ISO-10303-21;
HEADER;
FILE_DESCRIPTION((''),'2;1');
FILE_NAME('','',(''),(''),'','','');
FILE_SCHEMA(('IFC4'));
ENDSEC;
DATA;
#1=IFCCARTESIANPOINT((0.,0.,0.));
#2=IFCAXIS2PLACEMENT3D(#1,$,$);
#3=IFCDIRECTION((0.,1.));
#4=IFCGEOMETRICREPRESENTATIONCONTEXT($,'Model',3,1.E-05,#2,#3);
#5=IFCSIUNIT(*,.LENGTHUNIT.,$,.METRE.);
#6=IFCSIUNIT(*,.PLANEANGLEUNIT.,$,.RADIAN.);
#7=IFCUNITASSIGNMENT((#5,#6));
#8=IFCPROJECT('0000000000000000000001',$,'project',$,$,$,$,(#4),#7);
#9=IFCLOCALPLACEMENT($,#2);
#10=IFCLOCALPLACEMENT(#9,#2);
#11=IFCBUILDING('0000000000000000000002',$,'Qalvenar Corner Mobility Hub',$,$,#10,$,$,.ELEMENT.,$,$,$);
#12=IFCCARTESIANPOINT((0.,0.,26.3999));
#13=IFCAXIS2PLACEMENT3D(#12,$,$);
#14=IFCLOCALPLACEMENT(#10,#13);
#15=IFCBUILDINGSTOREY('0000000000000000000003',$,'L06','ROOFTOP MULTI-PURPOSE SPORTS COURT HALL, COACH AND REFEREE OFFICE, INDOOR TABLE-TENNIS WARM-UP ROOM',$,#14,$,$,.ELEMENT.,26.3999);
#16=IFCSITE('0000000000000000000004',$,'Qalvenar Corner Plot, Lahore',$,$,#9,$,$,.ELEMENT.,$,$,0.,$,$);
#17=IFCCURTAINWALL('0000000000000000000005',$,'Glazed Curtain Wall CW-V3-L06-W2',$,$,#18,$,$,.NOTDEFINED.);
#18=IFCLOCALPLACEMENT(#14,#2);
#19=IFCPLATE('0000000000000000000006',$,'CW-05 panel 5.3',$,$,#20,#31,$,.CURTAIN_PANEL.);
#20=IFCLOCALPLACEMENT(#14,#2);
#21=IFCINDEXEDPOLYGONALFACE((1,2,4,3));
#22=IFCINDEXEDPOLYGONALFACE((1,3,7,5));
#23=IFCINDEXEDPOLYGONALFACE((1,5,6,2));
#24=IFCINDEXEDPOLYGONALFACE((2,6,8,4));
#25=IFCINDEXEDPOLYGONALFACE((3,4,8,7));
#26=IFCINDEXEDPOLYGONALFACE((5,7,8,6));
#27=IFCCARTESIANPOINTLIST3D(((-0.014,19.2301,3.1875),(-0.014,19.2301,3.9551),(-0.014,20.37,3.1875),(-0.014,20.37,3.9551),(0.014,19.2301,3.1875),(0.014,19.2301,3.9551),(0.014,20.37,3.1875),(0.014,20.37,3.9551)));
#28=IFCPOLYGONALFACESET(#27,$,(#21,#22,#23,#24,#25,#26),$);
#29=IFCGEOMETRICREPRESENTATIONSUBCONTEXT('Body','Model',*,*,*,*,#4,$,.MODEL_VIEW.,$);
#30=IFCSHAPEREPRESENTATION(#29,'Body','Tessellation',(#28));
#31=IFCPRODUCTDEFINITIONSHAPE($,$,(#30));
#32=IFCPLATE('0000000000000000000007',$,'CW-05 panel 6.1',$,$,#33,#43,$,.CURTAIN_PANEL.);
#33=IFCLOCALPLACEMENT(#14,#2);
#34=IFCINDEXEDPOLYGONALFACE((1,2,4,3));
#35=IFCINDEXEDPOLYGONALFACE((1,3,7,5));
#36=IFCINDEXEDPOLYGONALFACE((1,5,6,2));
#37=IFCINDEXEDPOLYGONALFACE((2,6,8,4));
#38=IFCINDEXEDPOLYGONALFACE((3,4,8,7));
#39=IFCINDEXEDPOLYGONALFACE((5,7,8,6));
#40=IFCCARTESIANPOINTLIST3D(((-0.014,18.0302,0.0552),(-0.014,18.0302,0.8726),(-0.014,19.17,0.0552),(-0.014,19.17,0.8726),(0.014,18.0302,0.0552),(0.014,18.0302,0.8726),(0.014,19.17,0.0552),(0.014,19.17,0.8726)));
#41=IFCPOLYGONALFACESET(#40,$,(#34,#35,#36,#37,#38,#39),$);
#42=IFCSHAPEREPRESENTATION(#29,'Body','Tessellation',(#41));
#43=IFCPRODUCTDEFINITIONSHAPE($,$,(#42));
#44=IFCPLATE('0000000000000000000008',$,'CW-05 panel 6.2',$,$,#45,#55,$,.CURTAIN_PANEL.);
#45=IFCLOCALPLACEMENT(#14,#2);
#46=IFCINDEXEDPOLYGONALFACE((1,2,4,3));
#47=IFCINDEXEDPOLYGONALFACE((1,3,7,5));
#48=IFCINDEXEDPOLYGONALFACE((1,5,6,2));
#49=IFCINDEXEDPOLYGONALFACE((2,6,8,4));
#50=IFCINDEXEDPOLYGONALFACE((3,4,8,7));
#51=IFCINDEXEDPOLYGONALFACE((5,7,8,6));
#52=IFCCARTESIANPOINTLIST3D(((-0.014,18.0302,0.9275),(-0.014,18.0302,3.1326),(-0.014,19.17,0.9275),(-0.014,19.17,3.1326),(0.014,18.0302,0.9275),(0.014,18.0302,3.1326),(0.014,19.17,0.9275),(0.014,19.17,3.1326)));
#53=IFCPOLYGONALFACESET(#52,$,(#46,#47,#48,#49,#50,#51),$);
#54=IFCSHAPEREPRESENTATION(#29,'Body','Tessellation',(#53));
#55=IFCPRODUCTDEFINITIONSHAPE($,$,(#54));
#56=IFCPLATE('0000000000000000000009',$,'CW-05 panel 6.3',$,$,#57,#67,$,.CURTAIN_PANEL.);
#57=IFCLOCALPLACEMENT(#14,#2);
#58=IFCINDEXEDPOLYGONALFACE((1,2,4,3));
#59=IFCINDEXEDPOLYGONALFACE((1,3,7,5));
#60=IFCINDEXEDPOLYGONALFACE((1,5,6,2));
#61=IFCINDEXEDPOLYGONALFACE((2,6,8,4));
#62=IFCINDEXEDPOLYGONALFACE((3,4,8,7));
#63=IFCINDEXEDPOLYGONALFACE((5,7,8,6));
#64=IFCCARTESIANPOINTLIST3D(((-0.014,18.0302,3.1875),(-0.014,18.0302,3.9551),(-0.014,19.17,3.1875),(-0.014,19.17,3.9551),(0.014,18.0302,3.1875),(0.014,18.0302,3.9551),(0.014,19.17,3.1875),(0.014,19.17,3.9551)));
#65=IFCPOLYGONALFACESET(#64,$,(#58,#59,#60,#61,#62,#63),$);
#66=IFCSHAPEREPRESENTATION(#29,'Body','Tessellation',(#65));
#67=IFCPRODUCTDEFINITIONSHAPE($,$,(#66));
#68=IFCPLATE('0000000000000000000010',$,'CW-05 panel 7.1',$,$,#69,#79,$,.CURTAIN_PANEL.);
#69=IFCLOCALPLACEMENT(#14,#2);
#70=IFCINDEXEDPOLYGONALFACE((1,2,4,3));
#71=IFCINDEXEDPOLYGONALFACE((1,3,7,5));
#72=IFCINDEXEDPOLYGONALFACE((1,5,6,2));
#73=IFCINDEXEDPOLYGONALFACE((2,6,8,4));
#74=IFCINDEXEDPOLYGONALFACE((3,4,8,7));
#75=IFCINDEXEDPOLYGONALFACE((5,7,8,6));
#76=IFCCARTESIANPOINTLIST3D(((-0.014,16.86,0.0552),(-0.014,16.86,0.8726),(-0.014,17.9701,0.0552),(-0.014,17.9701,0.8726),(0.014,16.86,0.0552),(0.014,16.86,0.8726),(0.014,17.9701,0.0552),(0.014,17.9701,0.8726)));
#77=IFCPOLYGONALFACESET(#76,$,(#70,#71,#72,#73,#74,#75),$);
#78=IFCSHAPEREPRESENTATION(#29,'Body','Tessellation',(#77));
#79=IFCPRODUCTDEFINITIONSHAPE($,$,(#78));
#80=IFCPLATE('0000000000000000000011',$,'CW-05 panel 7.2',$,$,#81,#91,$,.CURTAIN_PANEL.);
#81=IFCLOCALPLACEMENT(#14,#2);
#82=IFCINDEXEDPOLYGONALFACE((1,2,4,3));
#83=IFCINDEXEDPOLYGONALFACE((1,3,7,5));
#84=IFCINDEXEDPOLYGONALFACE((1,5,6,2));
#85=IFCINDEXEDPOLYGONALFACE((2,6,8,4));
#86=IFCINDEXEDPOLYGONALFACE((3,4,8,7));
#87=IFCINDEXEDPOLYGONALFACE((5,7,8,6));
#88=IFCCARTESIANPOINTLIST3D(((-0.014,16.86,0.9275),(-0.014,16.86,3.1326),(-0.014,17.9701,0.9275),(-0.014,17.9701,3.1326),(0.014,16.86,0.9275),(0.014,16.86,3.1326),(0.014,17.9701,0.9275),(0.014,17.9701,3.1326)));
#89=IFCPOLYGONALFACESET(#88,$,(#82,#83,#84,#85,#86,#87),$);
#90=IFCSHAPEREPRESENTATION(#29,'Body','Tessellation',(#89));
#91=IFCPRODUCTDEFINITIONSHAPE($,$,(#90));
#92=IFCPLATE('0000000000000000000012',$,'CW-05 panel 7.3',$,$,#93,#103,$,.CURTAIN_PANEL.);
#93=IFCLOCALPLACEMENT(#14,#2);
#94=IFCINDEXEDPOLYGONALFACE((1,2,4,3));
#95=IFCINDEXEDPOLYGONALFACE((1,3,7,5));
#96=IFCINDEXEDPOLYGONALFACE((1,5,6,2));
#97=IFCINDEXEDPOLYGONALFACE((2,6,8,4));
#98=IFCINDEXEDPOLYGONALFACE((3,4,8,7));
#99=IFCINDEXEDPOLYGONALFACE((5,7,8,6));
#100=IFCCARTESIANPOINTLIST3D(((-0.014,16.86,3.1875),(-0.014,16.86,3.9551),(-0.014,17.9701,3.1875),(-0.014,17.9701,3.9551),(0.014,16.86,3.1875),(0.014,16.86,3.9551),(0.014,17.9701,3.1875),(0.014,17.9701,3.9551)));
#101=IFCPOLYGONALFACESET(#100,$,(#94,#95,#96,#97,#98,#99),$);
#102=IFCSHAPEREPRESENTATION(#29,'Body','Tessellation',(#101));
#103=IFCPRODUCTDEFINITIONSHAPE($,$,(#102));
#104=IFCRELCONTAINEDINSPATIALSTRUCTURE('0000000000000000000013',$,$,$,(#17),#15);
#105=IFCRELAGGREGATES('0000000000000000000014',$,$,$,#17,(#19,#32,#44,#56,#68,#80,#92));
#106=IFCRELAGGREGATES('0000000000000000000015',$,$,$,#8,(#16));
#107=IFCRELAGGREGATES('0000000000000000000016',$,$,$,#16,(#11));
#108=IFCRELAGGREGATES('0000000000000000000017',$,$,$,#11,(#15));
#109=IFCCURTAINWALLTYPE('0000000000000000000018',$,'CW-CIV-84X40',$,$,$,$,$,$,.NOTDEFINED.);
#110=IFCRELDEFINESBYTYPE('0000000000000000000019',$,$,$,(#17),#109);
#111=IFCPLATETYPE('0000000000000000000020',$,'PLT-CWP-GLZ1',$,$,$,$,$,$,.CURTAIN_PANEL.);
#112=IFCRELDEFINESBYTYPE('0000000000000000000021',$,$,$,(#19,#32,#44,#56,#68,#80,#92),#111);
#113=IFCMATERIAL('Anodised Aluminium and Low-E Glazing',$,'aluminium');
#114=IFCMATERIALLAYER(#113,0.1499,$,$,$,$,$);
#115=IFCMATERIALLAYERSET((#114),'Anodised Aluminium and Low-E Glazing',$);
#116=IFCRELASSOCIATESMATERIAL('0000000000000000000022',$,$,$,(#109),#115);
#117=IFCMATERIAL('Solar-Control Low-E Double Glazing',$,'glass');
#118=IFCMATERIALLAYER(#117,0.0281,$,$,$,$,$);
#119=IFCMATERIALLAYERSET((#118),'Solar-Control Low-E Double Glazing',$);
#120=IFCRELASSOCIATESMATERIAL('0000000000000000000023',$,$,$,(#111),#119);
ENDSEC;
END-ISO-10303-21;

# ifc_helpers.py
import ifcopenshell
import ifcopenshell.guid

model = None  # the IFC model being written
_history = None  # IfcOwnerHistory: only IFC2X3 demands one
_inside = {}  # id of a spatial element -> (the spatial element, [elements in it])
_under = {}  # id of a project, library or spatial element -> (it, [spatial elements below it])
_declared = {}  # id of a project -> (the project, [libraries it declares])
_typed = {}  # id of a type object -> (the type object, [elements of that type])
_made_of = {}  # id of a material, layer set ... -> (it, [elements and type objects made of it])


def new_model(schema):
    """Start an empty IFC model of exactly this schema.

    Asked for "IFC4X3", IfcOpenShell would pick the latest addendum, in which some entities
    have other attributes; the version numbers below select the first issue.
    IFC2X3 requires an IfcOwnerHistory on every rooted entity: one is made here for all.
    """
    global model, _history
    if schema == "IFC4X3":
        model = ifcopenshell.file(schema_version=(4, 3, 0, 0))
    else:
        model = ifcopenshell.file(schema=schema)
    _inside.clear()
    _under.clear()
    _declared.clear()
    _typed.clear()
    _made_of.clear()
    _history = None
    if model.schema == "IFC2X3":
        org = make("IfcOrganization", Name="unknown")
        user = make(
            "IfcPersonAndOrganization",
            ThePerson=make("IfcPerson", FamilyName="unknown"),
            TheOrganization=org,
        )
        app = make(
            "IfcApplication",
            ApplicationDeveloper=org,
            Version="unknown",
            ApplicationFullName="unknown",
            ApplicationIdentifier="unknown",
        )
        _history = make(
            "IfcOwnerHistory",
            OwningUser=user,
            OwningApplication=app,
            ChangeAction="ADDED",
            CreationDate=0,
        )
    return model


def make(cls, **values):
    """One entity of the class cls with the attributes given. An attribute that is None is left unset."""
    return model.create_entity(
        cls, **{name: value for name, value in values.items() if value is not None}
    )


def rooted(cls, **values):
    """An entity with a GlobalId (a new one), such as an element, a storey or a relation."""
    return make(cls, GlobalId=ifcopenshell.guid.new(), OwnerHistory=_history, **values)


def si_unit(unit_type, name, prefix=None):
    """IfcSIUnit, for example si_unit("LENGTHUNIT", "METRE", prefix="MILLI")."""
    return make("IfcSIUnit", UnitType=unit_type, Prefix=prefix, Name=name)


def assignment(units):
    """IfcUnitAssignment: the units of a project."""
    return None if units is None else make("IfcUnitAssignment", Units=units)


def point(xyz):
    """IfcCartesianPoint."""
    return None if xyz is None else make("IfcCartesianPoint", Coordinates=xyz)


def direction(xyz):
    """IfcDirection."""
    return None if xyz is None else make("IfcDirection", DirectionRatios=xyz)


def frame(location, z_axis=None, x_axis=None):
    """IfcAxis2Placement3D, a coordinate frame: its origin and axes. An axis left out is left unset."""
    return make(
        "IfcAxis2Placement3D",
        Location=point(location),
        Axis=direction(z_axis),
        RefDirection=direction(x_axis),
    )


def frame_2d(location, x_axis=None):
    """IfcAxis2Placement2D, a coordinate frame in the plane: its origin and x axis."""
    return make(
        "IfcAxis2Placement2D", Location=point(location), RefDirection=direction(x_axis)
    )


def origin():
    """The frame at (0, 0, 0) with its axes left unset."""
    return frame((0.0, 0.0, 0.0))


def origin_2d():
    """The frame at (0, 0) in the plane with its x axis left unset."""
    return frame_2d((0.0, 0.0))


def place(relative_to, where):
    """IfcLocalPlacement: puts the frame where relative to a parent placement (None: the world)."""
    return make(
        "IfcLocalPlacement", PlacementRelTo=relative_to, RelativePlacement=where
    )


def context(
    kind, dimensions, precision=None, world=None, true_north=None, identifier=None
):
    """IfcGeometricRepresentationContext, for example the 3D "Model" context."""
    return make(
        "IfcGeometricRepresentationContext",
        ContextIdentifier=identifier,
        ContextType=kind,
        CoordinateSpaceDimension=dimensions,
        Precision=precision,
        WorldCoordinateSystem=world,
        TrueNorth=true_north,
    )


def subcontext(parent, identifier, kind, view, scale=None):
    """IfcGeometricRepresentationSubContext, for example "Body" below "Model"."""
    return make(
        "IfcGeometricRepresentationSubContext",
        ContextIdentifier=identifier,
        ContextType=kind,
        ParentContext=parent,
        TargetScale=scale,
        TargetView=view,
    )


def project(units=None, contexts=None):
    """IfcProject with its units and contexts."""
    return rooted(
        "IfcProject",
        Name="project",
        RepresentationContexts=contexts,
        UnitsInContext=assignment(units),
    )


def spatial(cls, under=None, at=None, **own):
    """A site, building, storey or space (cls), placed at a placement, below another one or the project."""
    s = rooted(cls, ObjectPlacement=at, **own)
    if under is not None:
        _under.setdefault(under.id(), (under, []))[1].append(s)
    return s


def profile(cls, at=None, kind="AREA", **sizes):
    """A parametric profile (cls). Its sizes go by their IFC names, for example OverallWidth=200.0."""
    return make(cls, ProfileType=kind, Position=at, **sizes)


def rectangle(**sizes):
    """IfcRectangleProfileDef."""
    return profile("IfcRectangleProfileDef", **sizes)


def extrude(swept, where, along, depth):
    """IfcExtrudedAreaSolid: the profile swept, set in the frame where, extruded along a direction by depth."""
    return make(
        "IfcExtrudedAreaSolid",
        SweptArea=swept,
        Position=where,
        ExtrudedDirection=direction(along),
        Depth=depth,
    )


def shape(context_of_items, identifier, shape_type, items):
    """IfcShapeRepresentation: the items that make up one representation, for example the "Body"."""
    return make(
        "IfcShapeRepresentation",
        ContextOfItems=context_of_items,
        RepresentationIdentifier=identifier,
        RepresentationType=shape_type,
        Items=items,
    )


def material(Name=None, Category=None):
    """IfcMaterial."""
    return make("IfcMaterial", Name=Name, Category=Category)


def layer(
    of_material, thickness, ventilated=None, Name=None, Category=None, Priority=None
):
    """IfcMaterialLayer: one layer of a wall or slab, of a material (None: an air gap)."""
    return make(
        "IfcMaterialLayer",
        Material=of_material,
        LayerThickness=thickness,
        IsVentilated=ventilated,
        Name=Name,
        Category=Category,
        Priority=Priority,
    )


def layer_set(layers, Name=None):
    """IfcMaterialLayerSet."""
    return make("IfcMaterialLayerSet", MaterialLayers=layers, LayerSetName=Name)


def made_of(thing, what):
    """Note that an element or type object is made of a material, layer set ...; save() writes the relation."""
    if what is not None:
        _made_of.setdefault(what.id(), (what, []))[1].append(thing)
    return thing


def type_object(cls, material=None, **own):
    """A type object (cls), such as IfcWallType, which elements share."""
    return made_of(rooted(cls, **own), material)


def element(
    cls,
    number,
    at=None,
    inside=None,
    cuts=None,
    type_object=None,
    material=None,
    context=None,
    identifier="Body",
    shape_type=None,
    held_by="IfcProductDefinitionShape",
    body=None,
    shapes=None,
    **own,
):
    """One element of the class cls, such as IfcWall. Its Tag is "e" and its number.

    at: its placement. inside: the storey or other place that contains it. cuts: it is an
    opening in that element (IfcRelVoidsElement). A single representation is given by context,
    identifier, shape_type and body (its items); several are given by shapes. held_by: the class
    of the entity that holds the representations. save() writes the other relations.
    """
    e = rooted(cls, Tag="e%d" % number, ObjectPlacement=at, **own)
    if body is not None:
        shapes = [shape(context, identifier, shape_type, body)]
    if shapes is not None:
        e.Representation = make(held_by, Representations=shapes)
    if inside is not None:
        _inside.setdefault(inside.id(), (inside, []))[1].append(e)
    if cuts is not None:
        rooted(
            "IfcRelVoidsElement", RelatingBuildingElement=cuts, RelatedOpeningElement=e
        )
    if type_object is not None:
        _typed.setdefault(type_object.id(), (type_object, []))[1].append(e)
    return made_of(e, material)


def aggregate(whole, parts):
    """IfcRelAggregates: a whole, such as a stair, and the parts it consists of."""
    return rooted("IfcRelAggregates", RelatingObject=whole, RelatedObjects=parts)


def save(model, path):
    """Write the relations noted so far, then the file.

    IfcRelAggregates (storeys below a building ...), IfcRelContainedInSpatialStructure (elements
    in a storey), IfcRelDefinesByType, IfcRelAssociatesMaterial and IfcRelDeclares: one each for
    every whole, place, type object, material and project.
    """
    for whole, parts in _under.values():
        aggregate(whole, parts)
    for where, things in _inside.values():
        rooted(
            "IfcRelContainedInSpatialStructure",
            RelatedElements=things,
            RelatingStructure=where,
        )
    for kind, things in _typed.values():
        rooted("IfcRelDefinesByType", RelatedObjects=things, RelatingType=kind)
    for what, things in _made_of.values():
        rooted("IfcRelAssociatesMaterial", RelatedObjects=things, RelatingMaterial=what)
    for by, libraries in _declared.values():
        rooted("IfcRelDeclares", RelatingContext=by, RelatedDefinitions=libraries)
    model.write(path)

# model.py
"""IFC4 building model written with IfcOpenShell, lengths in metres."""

from ifc_helpers import new_model, si_unit, direction, frame, origin, origin_2d, place, context, subcontext, project, spatial, rectangle, extrude, material, layer, layer_set, type_object, element, aggregate, save


model = new_model("IFC4")

# Units and contexts
model_context = context("Model", 3, precision=1e-05, world=origin(), true_north=direction((0.0, 1.0)))
body_context = subcontext(model_context, "Body", "Model", "MODEL_VIEW")
ifc_project = project(units=[si_unit("LENGTHUNIT", "METRE"), si_unit("PLANEANGLEUNIT", "RADIAN")], contexts=[model_context])

# Site, building, storey
site_placement = place(None, origin())
site = spatial("IfcSite", under=ifc_project, at=site_placement, Name="Qalvenar Corner Plot, Lahore", CompositionType="ELEMENT", RefElevation=0.0)
building_placement = place(site_placement, origin())
building = spatial("IfcBuilding", under=site, at=building_placement, Name="Qalvenar Corner Mobility Hub", CompositionType="ELEMENT")
storey_placement = place(building_placement, frame((0.0, 0.0, 26.3999)))
storey = spatial("IfcBuildingStorey", under=building, at=storey_placement, Name="L06", Description="ROOFTOP MULTI-PURPOSE SPORTS COURT HALL, COACH AND REFEREE OFFICE, INDOOR TABLE-TENNIS WARM-UP ROOM", CompositionType="ELEMENT", Elevation=26.3999)

# Curtain wall
ifc_material_1 = material(Name="Anodised Aluminium and Low-E Glazing", Category="aluminium")
ifc_layer_1 = layer(ifc_material_1, 0.1499)
ifc_layer_set_1 = layer_set([ifc_layer_1], Name="Anodised Aluminium and Low-E Glazing")
curtain_wall_type = type_object("IfcCurtainWallType", Name="CW-CIV-84X40", PredefinedType="NOTDEFINED", material=ifc_layer_set_1)
curtain_wall_placement = place(storey_placement, origin())
curtain_wall = element("IfcCurtainWall", 1, at=curtain_wall_placement, inside=storey, type_object=curtain_wall_type, Name="Glazed Curtain Wall CW-V3-L06-W2", PredefinedType="NOTDEFINED")

# Plates
ifc_material_2 = material(Name="Solar-Control Low-E Double Glazing", Category="glass")
ifc_layer_2 = layer(ifc_material_2, 0.0281)
ifc_layer_set_2 = layer_set([ifc_layer_2], Name="Solar-Control Low-E Double Glazing")
plate_type = type_object("IfcPlateType", Name="PLT-CWP-GLZ1", PredefinedType="CURTAIN_PANEL", material=ifc_layer_set_2)
plate_1_placement = place(storey_placement, frame((0.0, 19.8, 3.1875), z_axis=(0.0, 0.0, 1.0), x_axis=(0.0, -1.0, 0.0)))
plate_1 = element("IfcPlate", 2, at=plate_1_placement, type_object=plate_type, Name="CW-05 panel 5.3", PredefinedType="CURTAIN_PANEL", context=body_context, shape_type="SweptSolid", body=[
    extrude(rectangle(XDim=1.1399, YDim=0.0281, at=origin_2d()), origin(), (0.0, 0.0, 1.0), 0.7676),
])
plate_2_placement = place(storey_placement, frame((0.0, 18.6001, 0.0552), z_axis=(0.0, 0.0, 1.0), x_axis=(0.0, -1.0, 0.0)))
plate_2 = element("IfcPlate", 3, at=plate_2_placement, type_object=plate_type, Name="CW-05 panel 6.1", PredefinedType="CURTAIN_PANEL", context=body_context, shape_type="SweptSolid", body=[
    extrude(rectangle(XDim=1.1399, YDim=0.0281, at=origin_2d()), origin(), (0.0, 0.0, 1.0), 0.8174),
])
plate_3_placement = place(storey_placement, frame((0.0, 18.6001, 0.9275), z_axis=(0.0, 0.0, 1.0), x_axis=(0.0, -1.0, 0.0)))
plate_3 = element("IfcPlate", 4, at=plate_3_placement, type_object=plate_type, Name="CW-05 panel 6.2", PredefinedType="CURTAIN_PANEL", context=body_context, shape_type="SweptSolid", body=[
    extrude(rectangle(XDim=1.1399, YDim=0.0281, at=origin_2d()), origin(), (0.0, 0.0, 1.0), 2.2051),
])
plate_4_placement = place(storey_placement, frame((0.0, 18.6001, 3.1875), z_axis=(0.0, 0.0, 1.0), x_axis=(0.0, -1.0, 0.0)))
plate_4 = element("IfcPlate", 5, at=plate_4_placement, type_object=plate_type, Name="CW-05 panel 6.3", PredefinedType="CURTAIN_PANEL", context=body_context, shape_type="SweptSolid", body=[
    extrude(rectangle(XDim=1.1399, YDim=0.0281, at=origin_2d()), origin(), (0.0, 0.0, 1.0), 0.7676),
])
plate_5_placement = place(storey_placement, frame((0.0, 17.415, 0.0552), z_axis=(0.0, 0.0, 1.0), x_axis=(0.0, -1.0, 0.0)))
plate_5 = element("IfcPlate", 6, at=plate_5_placement, type_object=plate_type, Name="CW-05 panel 7.1", PredefinedType="CURTAIN_PANEL", context=body_context, shape_type="SweptSolid", body=[
    extrude(rectangle(XDim=1.1101, YDim=0.0281, at=origin_2d()), origin(), (0.0, 0.0, 1.0), 0.8174),
])
plate_6_placement = place(storey_placement, frame((0.0, 17.415, 0.9275), z_axis=(0.0, 0.0, 1.0), x_axis=(0.0, -1.0, 0.0)))
plate_6 = element("IfcPlate", 7, at=plate_6_placement, type_object=plate_type, Name="CW-05 panel 7.2", PredefinedType="CURTAIN_PANEL", context=body_context, shape_type="SweptSolid", body=[
    extrude(rectangle(XDim=1.1101, YDim=0.0281, at=origin_2d()), origin(), (0.0, 0.0, 1.0), 2.2051),
])
plate_7_placement = place(storey_placement, frame((0.0, 17.415, 3.1875), z_axis=(0.0, 0.0, 1.0), x_axis=(0.0, -1.0, 0.0)))
plate_7 = element("IfcPlate", 8, at=plate_7_placement, type_object=plate_type, Name="CW-05 panel 7.3", PredefinedType="CURTAIN_PANEL", context=body_context, shape_type="SweptSolid", body=[
    extrude(rectangle(XDim=1.1101, YDim=0.0281, at=origin_2d()), origin(), (0.0, 0.0, 1.0), 0.7676),
])
aggregate(curtain_wall, [plate_1, plate_2, plate_3, plate_4, plate_5, plate_6, plate_7])

save(model, "model.ifc")
